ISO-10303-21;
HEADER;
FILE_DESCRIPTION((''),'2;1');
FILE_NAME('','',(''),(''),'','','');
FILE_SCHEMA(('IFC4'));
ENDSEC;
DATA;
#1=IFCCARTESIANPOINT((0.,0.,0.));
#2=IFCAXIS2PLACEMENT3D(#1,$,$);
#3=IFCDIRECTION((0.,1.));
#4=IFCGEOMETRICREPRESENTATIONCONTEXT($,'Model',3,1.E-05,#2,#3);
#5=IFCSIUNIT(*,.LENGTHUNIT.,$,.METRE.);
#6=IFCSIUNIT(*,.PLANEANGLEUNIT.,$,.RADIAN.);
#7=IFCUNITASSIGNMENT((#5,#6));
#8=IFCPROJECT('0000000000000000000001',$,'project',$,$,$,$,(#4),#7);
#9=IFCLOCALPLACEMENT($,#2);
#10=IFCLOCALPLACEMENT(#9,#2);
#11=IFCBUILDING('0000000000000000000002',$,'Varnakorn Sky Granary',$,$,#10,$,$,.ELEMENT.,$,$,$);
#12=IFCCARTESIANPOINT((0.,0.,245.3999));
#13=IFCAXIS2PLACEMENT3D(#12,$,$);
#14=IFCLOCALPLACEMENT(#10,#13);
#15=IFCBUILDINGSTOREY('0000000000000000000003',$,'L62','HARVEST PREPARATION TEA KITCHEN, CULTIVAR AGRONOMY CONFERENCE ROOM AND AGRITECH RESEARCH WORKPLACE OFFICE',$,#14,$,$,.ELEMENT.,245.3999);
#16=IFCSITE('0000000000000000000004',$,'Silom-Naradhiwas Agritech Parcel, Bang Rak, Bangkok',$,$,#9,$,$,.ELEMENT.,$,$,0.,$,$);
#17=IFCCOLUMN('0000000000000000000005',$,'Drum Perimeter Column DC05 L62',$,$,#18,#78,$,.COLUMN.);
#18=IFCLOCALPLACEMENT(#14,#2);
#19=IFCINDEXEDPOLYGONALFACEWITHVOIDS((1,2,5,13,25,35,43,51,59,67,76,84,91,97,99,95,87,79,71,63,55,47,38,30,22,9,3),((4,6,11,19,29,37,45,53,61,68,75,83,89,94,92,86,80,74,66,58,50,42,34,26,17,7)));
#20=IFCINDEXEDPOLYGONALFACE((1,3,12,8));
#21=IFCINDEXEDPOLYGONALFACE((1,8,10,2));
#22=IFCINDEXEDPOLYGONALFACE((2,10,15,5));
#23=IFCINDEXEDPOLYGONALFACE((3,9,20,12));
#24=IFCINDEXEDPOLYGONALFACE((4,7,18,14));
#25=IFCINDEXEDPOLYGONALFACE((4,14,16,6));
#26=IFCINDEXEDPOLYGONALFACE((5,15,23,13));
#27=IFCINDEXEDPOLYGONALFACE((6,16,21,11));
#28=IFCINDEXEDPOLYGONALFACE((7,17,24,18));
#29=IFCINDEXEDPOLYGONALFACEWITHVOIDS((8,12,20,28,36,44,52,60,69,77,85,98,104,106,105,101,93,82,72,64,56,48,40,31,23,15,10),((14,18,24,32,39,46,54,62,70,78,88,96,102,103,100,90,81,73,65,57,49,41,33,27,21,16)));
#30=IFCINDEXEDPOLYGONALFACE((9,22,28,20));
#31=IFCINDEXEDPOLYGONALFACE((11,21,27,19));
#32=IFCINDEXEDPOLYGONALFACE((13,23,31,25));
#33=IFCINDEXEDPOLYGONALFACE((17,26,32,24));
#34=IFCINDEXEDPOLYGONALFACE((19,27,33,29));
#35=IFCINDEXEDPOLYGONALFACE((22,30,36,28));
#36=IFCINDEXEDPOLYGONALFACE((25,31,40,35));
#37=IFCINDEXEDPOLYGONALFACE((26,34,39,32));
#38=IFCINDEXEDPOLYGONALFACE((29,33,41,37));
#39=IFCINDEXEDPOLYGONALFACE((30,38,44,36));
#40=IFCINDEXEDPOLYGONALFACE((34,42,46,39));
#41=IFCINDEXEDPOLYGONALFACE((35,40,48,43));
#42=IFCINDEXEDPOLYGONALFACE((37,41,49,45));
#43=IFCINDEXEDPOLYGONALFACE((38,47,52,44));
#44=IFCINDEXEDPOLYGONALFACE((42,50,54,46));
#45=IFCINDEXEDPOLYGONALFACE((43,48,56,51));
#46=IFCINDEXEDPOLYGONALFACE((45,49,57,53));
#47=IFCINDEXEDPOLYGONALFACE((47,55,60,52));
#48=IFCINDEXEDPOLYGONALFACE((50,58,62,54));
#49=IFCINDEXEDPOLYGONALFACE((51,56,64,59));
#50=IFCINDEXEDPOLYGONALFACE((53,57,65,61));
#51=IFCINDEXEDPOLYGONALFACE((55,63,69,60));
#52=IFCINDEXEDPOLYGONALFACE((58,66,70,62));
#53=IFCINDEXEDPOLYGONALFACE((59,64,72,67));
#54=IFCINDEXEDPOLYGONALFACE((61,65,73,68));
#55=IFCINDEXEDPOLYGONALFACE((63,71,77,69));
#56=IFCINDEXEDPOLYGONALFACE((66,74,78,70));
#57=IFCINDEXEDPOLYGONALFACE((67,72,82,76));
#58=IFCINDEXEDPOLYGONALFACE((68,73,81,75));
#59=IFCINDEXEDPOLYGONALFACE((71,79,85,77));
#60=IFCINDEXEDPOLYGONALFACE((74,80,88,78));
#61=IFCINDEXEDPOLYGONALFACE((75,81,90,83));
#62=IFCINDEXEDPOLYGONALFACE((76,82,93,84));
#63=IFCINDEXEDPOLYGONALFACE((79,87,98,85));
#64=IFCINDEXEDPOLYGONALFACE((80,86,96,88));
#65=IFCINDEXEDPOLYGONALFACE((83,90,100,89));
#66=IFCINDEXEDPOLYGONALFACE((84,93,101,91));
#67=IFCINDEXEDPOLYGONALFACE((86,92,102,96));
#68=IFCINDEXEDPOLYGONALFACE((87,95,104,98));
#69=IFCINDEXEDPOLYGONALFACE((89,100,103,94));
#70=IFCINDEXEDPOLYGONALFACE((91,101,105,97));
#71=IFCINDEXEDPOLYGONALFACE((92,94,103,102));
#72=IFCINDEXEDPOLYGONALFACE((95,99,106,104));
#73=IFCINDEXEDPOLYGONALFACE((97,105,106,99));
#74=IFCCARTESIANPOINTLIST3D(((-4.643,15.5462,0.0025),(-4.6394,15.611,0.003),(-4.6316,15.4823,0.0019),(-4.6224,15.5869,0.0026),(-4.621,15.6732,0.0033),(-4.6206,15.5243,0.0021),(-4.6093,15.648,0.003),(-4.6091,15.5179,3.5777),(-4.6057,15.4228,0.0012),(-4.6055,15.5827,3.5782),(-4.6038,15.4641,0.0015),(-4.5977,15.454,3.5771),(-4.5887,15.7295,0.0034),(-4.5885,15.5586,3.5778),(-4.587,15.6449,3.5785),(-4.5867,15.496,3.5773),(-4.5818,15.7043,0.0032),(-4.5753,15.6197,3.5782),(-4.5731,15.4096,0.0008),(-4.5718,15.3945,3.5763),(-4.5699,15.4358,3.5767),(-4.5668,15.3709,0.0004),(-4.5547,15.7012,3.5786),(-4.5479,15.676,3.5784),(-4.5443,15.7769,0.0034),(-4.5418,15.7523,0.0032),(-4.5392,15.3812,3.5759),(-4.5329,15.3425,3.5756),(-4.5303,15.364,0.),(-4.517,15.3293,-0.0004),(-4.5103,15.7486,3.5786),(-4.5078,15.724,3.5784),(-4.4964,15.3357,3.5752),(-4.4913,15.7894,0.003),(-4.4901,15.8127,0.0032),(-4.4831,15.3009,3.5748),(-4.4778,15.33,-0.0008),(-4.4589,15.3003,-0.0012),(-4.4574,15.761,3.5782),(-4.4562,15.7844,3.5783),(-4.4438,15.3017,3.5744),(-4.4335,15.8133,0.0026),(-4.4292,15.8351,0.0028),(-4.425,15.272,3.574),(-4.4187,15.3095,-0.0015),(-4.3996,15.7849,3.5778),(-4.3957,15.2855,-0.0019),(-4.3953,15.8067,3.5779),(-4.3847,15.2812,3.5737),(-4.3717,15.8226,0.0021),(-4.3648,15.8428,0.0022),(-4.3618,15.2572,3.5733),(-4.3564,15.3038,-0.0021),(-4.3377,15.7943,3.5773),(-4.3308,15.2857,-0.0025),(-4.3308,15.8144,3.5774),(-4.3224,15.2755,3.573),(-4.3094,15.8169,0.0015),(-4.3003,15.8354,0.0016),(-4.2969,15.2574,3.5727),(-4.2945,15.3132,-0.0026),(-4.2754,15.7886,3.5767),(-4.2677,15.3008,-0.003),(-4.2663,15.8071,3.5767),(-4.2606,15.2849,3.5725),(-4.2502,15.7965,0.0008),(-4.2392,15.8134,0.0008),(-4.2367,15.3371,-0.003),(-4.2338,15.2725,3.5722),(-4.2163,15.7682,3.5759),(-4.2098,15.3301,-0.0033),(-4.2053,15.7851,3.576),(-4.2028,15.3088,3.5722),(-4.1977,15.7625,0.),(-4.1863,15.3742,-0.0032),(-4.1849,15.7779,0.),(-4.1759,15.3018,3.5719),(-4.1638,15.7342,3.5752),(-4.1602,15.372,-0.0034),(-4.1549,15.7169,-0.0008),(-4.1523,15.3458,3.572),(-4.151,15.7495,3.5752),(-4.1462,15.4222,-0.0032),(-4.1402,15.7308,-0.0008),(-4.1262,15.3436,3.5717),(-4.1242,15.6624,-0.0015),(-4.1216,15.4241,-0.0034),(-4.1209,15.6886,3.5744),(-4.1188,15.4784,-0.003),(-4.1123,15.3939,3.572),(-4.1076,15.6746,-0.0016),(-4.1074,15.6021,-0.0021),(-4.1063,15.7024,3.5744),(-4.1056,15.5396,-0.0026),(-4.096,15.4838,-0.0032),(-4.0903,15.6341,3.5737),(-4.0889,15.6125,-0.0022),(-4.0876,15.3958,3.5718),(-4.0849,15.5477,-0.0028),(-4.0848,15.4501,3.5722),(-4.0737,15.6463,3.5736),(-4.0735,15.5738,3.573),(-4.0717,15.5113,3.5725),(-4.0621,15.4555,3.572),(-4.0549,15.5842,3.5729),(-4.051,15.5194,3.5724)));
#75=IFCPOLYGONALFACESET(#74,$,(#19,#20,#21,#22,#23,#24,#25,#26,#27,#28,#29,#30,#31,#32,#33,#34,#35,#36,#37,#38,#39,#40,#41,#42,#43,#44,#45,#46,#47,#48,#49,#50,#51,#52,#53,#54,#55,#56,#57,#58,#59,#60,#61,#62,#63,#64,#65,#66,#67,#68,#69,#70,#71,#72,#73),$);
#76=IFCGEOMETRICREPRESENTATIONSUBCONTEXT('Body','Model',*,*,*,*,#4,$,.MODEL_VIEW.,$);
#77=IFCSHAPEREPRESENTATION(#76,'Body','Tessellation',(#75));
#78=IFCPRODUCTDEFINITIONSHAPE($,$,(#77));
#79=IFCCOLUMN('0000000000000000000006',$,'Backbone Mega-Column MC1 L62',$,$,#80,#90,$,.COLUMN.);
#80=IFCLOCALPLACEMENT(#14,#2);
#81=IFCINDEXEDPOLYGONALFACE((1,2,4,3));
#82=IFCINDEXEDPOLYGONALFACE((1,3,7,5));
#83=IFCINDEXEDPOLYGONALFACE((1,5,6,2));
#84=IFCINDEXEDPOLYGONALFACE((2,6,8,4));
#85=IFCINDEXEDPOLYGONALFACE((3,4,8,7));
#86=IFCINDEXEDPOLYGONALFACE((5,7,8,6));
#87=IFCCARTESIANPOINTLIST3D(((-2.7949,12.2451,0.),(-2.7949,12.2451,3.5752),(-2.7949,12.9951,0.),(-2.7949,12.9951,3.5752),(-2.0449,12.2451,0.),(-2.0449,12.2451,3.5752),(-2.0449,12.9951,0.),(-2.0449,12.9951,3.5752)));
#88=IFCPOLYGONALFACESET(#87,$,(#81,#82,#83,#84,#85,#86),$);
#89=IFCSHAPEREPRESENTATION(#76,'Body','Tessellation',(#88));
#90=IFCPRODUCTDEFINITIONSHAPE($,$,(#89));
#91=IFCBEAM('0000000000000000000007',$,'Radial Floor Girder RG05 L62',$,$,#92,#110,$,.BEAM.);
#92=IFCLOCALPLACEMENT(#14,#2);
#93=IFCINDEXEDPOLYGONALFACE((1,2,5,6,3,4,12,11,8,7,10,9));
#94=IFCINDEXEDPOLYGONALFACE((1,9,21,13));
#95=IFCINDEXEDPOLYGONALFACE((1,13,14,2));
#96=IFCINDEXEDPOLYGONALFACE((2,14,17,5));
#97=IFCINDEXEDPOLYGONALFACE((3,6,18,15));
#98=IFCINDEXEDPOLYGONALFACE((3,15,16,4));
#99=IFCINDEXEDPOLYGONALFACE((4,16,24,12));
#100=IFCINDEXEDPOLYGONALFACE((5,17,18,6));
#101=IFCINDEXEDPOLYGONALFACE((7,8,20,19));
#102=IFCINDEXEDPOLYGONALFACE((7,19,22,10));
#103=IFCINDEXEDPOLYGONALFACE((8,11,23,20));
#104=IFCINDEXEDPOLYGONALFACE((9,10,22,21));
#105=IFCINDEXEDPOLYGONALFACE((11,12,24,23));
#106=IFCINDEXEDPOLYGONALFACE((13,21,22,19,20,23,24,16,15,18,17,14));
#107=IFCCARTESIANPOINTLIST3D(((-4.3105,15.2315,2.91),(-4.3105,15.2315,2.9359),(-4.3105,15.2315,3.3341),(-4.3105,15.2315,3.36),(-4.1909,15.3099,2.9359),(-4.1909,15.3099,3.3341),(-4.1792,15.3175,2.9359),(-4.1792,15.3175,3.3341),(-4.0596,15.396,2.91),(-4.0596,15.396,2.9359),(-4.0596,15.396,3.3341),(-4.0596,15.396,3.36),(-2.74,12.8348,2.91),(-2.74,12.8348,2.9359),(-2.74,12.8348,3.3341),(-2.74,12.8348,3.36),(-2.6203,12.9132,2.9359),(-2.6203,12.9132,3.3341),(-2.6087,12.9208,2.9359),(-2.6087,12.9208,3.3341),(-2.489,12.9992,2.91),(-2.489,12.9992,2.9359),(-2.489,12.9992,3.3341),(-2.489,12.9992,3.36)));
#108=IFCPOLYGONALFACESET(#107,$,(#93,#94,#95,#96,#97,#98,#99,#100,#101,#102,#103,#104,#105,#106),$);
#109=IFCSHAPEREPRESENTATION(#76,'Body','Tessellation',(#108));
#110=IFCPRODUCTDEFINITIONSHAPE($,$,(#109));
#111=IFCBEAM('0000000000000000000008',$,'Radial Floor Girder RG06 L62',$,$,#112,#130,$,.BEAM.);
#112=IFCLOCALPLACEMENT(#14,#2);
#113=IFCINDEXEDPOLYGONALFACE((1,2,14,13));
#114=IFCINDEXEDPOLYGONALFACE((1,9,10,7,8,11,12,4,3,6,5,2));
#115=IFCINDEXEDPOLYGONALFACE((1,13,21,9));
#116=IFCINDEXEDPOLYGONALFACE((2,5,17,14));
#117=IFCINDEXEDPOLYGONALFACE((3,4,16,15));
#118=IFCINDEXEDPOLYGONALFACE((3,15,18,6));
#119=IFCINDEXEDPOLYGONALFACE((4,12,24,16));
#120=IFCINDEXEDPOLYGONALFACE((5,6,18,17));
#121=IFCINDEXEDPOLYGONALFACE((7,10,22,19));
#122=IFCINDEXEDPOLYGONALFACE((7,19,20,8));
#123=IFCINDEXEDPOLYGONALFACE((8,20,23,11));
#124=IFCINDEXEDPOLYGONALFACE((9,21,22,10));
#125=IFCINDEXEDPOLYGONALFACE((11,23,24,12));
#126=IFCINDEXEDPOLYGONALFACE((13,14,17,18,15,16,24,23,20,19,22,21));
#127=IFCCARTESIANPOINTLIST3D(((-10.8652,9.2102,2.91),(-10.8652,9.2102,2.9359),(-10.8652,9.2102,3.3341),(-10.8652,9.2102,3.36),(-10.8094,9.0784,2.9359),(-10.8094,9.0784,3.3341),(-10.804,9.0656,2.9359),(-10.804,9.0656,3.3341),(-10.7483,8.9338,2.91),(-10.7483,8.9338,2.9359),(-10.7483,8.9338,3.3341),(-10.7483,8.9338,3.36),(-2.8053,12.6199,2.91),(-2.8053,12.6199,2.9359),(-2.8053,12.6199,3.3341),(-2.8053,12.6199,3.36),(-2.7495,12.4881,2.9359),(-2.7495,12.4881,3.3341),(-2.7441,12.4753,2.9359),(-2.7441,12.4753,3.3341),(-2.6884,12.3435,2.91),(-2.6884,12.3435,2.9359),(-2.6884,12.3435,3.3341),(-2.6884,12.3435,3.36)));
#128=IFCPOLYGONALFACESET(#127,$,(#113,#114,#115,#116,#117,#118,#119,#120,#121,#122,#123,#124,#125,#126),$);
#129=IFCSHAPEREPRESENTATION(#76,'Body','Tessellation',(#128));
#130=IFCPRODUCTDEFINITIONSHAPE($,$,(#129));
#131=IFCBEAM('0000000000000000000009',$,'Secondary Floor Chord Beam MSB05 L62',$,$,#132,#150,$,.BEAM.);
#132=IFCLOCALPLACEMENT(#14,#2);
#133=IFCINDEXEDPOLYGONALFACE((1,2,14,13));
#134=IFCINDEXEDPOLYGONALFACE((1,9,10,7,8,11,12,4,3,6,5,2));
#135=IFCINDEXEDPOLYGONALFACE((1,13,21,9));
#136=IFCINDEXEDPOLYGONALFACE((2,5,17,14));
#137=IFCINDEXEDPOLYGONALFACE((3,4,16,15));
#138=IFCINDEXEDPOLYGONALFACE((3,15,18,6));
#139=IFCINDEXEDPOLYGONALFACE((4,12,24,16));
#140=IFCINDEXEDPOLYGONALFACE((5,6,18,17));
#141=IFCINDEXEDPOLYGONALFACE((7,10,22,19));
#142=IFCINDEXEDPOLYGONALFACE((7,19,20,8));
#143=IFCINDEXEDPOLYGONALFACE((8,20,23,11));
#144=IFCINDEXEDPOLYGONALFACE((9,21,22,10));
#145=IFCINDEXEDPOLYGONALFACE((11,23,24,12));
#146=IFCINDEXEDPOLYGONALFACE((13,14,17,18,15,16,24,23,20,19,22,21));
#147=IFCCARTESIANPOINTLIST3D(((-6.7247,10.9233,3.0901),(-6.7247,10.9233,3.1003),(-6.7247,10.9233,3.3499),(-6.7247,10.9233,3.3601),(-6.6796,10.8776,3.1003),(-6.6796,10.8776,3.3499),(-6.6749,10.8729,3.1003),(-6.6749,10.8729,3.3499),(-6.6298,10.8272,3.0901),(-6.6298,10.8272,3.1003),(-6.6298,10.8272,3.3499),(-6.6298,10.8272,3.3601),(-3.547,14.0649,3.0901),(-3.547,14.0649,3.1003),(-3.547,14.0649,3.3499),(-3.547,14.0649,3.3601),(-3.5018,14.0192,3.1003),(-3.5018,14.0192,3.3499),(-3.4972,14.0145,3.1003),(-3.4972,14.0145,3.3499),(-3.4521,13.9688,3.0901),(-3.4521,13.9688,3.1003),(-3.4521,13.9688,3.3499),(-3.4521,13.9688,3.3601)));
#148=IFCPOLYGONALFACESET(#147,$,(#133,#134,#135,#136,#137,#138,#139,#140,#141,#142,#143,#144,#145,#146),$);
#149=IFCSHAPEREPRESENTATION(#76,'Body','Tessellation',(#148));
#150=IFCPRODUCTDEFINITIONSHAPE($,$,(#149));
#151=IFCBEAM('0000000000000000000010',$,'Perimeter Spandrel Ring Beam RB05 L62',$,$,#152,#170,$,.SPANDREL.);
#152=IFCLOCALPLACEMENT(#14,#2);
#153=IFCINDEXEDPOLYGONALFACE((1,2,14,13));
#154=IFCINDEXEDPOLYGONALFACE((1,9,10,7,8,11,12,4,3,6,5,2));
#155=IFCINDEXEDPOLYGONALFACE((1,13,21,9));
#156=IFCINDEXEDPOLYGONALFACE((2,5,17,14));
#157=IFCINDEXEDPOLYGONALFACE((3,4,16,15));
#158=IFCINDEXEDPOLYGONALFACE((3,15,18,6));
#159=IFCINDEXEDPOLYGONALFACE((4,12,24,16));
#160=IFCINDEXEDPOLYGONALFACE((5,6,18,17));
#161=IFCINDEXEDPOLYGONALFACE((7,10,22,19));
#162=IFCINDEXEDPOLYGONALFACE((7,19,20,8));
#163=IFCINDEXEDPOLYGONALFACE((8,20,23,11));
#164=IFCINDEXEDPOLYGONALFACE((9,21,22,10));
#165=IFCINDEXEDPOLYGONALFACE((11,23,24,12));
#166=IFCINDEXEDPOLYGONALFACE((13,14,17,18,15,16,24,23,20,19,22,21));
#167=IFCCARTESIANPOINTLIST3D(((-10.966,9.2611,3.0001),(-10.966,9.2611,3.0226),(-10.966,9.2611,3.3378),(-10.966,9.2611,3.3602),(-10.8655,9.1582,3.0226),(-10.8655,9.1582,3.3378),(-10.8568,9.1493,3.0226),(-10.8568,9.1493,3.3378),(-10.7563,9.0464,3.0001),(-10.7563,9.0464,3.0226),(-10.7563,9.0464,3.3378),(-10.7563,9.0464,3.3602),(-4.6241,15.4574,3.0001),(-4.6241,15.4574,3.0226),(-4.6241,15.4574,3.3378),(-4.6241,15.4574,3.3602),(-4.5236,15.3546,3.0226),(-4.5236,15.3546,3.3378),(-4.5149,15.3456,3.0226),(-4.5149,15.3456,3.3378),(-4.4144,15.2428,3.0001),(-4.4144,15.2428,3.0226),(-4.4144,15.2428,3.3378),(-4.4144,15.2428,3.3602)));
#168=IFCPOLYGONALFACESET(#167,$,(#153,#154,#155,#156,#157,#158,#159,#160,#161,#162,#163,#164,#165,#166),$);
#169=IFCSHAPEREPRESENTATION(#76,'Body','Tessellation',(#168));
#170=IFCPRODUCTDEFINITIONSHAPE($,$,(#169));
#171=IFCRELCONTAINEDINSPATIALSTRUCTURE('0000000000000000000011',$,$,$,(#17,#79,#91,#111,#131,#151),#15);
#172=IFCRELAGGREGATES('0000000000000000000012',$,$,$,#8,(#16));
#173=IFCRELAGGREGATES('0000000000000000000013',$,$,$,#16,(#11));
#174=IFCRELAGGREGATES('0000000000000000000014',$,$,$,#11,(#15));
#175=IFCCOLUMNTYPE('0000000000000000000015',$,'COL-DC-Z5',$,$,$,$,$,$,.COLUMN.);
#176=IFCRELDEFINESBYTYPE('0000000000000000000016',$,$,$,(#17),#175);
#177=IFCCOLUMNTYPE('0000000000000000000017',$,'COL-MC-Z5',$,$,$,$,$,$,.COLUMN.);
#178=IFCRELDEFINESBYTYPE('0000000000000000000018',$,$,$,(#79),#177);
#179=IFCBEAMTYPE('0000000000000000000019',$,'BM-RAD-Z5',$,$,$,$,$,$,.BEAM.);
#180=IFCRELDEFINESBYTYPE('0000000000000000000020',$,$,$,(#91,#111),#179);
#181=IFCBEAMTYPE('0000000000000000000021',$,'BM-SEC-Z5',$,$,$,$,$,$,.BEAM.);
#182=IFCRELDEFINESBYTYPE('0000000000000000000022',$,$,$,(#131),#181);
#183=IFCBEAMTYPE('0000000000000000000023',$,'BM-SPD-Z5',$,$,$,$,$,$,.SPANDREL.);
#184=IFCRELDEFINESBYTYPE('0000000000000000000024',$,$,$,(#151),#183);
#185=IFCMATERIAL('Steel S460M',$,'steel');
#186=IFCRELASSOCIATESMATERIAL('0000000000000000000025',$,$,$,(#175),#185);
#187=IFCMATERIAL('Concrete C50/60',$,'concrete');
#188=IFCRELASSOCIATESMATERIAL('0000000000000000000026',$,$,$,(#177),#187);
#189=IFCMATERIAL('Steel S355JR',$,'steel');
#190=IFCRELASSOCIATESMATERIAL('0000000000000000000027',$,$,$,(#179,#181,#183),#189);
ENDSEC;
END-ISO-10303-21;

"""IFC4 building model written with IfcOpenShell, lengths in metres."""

from ifc_helpers import new_model, si_unit, direction, frame, origin, origin_2d, place, context, subcontext, project, spatial, rectangle, hollow_circle, i_section, extrude, material, material_profile, profile_set, type_object, element, save


model = new_model("IFC4")

# Units and contexts
model_context = context("Model", 3, precision=1e-05, world=origin(), true_north=direction((0.0, 1.0)))
body_context = subcontext(model_context, "Body", "Model", "MODEL_VIEW")
ifc_project = project(units=[si_unit("LENGTHUNIT", "METRE"), si_unit("PLANEANGLEUNIT", "RADIAN")], contexts=[model_context])

# Site, building, storey
site_placement = place(None, origin())
site = spatial("IfcSite", under=ifc_project, at=site_placement, Name="Silom-Naradhiwas Agritech Parcel, Bang Rak, Bangkok", CompositionType="ELEMENT", RefElevation=0.0)
building_placement = place(site_placement, origin())
building = spatial("IfcBuilding", under=site, at=building_placement, Name="Varnakorn Sky Granary", CompositionType="ELEMENT")
storey_placement = place(building_placement, frame((0.0, 0.0, 245.3999)))
storey = spatial("IfcBuildingStorey", under=building, at=storey_placement, Name="L62", Description="HARVEST PREPARATION TEA KITCHEN, CULTIVAR AGRONOMY CONFERENCE ROOM AND AGRITECH RESEARCH WORKPLACE OFFICE", CompositionType="ELEMENT", Elevation=245.3999)

# Columns
ifc_material_1 = material(Name="Steel S460M", Category="steel")
ifc_material_profile_1 = material_profile(ifc_material_1, hollow_circle(Radius=0.2795, WallThickness=0.02, at=origin_2d()), Name="CHS 559x20")
ifc_profile_set_1 = profile_set([ifc_material_profile_1], Name="Steel S460M")
column_type_1 = type_object("IfcColumnType", Name="COL-DC-Z5", PredefinedType="COLUMN", material=ifc_profile_set_1)
column_1_placement = place(storey_placement, frame((-4.364, 15.5632, 0.0), z_axis=(0.009491, -0.007921, 0.999924), x_axis=(0.640728, 0.767768, 0.0)))
element("IfcColumn", 1, at=column_1_placement, inside=storey, type_object=column_type_1, Name="Drum Perimeter Column DC05 L62", PredefinedType="COLUMN", context=body_context, shape_type="SweptSolid", body=[
    extrude(hollow_circle(Radius=0.2795, WallThickness=0.02, at=origin_2d()), origin(), (0.0, 0.0, 1.0), 3.5754),
])
ifc_material_2 = material(Name="Concrete C50/60", Category="concrete")
ifc_material_profile_2 = material_profile(ifc_material_2, rectangle(XDim=0.75, YDim=0.75, at=origin_2d()), Name="RC 750x750")
ifc_profile_set_2 = profile_set([ifc_material_profile_2], Name="Concrete C50/60")
column_type_2 = type_object("IfcColumnType", Name="COL-MC-Z5", PredefinedType="COLUMN", material=ifc_profile_set_2)
column_2_placement = place(storey_placement, frame((-2.4199, 12.6201, 0.0), z_axis=(0.0, 0.0, 1.0), x_axis=(1.0, 0.0, 0.0)))
element("IfcColumn", 2, at=column_2_placement, inside=storey, type_object=column_type_2, Name="Backbone Mega-Column MC1 L62", PredefinedType="COLUMN", context=body_context, shape_type="SweptSolid", body=[
    extrude(rectangle(XDim=0.75, YDim=0.75, at=origin_2d()), origin(), (0.0, 0.0, 1.0), 3.5752),
])

# Beams
ifc_material_3 = material(Name="Steel S355JR", Category="steel")
ifc_material_profile_3 = material_profile(ifc_material_3, i_section(OverallWidth=0.3, OverallDepth=0.45, WebThickness=0.0139, FlangeThickness=0.0259, at=origin_2d()), Name="HE 450 B")
ifc_profile_set_3 = profile_set([ifc_material_profile_3], Name="Steel S355JR")
beam_type_1 = type_object("IfcBeamType", Name="BM-RAD-Z5", PredefinedType="BEAM", material=ifc_profile_set_3)
beam_1_placement = place(storey_placement, frame((-2.6145, 12.917, 3.135), z_axis=(-0.548096, 0.836415, 0.0), x_axis=(-0.836415, -0.548096, 0.0)))
element("IfcBeam", 3, at=beam_1_placement, inside=storey, type_object=beam_type_1, Name="Radial Floor Girder RG05 L62", PredefinedType="BEAM", context=body_context, shape_type="SweptSolid", body=[
    extrude(i_section(OverallWidth=0.3, OverallDepth=0.45, WebThickness=0.0139, FlangeThickness=0.0259, at=origin_2d()), origin(), (0.0, 0.0, 1.0), 2.8655),
])
beam_2_placement = place(storey_placement, frame((-2.7468, 12.4817, 3.135), z_axis=(-0.920978, -0.389615, 0.0), x_axis=(0.389615, -0.920978, 0.0)))
element("IfcBeam", 4, at=beam_2_placement, inside=storey, type_object=beam_type_1, Name="Radial Floor Girder RG06 L62", PredefinedType="BEAM", context=body_context, shape_type="SweptSolid", body=[
    extrude(i_section(OverallWidth=0.3, OverallDepth=0.45, WebThickness=0.0139, FlangeThickness=0.0259, at=origin_2d()), origin(), (0.0, 0.0, 1.0), 8.7515),
])
ifc_material_profile_4 = material_profile(ifc_material_3, i_section(OverallWidth=0.135, OverallDepth=0.27, WebThickness=0.0066, FlangeThickness=0.0103, at=origin_2d()), Name="IPE 270")
ifc_profile_set_4 = profile_set([ifc_material_profile_4], Name="Steel S355JR")
beam_type_2 = type_object("IfcBeamType", Name="BM-SEC-Z5", PredefinedType="BEAM", material=ifc_profile_set_4)
beam_3_placement = place(storey_placement, frame((-3.4995, 14.0168, 3.2251), z_axis=(-0.711138, -0.703052, 0.0), x_axis=(0.703052, -0.711138, 0.0)))
element("IfcBeam", 5, at=beam_3_placement, inside=storey, type_object=beam_type_2, Name="Secondary Floor Chord Beam MSB05 L62", PredefinedType="BEAM", context=body_context, shape_type="SweptSolid", body=[
    extrude(i_section(OverallWidth=0.135, OverallDepth=0.27, WebThickness=0.0066, FlangeThickness=0.0103, at=origin_2d()), origin(), (0.0, 0.0, 1.0), 4.4685),
])
ifc_material_profile_5 = material_profile(ifc_material_3, i_section(OverallWidth=0.3, OverallDepth=0.3601, WebThickness=0.0125, FlangeThickness=0.0225, at=origin_2d()), Name="HE 360 B")
ifc_profile_set_5 = profile_set([ifc_material_profile_5], Name="Steel S355JR")
beam_type_3 = type_object("IfcBeamType", Name="BM-SPD-Z5", PredefinedType="SPANDREL", material=ifc_profile_set_5)
beam_4_placement = place(storey_placement, frame((-4.5193, 15.3501, 3.1802), z_axis=(-0.715265, -0.698854, 0.0), x_axis=(0.698854, -0.715265, 0.0)))
element("IfcBeam", 6, at=beam_4_placement, inside=storey, type_object=beam_type_3, Name="Perimeter Spandrel Ring Beam RB05 L62", PredefinedType="SPANDREL", context=body_context, shape_type="SweptSolid", body=[
    extrude(i_section(OverallWidth=0.3, OverallDepth=0.3601, WebThickness=0.0125, FlangeThickness=0.0225, at=origin_2d()), origin(), (0.0, 0.0, 1.0), 8.8665),
])

save(model, "model.ifc")
